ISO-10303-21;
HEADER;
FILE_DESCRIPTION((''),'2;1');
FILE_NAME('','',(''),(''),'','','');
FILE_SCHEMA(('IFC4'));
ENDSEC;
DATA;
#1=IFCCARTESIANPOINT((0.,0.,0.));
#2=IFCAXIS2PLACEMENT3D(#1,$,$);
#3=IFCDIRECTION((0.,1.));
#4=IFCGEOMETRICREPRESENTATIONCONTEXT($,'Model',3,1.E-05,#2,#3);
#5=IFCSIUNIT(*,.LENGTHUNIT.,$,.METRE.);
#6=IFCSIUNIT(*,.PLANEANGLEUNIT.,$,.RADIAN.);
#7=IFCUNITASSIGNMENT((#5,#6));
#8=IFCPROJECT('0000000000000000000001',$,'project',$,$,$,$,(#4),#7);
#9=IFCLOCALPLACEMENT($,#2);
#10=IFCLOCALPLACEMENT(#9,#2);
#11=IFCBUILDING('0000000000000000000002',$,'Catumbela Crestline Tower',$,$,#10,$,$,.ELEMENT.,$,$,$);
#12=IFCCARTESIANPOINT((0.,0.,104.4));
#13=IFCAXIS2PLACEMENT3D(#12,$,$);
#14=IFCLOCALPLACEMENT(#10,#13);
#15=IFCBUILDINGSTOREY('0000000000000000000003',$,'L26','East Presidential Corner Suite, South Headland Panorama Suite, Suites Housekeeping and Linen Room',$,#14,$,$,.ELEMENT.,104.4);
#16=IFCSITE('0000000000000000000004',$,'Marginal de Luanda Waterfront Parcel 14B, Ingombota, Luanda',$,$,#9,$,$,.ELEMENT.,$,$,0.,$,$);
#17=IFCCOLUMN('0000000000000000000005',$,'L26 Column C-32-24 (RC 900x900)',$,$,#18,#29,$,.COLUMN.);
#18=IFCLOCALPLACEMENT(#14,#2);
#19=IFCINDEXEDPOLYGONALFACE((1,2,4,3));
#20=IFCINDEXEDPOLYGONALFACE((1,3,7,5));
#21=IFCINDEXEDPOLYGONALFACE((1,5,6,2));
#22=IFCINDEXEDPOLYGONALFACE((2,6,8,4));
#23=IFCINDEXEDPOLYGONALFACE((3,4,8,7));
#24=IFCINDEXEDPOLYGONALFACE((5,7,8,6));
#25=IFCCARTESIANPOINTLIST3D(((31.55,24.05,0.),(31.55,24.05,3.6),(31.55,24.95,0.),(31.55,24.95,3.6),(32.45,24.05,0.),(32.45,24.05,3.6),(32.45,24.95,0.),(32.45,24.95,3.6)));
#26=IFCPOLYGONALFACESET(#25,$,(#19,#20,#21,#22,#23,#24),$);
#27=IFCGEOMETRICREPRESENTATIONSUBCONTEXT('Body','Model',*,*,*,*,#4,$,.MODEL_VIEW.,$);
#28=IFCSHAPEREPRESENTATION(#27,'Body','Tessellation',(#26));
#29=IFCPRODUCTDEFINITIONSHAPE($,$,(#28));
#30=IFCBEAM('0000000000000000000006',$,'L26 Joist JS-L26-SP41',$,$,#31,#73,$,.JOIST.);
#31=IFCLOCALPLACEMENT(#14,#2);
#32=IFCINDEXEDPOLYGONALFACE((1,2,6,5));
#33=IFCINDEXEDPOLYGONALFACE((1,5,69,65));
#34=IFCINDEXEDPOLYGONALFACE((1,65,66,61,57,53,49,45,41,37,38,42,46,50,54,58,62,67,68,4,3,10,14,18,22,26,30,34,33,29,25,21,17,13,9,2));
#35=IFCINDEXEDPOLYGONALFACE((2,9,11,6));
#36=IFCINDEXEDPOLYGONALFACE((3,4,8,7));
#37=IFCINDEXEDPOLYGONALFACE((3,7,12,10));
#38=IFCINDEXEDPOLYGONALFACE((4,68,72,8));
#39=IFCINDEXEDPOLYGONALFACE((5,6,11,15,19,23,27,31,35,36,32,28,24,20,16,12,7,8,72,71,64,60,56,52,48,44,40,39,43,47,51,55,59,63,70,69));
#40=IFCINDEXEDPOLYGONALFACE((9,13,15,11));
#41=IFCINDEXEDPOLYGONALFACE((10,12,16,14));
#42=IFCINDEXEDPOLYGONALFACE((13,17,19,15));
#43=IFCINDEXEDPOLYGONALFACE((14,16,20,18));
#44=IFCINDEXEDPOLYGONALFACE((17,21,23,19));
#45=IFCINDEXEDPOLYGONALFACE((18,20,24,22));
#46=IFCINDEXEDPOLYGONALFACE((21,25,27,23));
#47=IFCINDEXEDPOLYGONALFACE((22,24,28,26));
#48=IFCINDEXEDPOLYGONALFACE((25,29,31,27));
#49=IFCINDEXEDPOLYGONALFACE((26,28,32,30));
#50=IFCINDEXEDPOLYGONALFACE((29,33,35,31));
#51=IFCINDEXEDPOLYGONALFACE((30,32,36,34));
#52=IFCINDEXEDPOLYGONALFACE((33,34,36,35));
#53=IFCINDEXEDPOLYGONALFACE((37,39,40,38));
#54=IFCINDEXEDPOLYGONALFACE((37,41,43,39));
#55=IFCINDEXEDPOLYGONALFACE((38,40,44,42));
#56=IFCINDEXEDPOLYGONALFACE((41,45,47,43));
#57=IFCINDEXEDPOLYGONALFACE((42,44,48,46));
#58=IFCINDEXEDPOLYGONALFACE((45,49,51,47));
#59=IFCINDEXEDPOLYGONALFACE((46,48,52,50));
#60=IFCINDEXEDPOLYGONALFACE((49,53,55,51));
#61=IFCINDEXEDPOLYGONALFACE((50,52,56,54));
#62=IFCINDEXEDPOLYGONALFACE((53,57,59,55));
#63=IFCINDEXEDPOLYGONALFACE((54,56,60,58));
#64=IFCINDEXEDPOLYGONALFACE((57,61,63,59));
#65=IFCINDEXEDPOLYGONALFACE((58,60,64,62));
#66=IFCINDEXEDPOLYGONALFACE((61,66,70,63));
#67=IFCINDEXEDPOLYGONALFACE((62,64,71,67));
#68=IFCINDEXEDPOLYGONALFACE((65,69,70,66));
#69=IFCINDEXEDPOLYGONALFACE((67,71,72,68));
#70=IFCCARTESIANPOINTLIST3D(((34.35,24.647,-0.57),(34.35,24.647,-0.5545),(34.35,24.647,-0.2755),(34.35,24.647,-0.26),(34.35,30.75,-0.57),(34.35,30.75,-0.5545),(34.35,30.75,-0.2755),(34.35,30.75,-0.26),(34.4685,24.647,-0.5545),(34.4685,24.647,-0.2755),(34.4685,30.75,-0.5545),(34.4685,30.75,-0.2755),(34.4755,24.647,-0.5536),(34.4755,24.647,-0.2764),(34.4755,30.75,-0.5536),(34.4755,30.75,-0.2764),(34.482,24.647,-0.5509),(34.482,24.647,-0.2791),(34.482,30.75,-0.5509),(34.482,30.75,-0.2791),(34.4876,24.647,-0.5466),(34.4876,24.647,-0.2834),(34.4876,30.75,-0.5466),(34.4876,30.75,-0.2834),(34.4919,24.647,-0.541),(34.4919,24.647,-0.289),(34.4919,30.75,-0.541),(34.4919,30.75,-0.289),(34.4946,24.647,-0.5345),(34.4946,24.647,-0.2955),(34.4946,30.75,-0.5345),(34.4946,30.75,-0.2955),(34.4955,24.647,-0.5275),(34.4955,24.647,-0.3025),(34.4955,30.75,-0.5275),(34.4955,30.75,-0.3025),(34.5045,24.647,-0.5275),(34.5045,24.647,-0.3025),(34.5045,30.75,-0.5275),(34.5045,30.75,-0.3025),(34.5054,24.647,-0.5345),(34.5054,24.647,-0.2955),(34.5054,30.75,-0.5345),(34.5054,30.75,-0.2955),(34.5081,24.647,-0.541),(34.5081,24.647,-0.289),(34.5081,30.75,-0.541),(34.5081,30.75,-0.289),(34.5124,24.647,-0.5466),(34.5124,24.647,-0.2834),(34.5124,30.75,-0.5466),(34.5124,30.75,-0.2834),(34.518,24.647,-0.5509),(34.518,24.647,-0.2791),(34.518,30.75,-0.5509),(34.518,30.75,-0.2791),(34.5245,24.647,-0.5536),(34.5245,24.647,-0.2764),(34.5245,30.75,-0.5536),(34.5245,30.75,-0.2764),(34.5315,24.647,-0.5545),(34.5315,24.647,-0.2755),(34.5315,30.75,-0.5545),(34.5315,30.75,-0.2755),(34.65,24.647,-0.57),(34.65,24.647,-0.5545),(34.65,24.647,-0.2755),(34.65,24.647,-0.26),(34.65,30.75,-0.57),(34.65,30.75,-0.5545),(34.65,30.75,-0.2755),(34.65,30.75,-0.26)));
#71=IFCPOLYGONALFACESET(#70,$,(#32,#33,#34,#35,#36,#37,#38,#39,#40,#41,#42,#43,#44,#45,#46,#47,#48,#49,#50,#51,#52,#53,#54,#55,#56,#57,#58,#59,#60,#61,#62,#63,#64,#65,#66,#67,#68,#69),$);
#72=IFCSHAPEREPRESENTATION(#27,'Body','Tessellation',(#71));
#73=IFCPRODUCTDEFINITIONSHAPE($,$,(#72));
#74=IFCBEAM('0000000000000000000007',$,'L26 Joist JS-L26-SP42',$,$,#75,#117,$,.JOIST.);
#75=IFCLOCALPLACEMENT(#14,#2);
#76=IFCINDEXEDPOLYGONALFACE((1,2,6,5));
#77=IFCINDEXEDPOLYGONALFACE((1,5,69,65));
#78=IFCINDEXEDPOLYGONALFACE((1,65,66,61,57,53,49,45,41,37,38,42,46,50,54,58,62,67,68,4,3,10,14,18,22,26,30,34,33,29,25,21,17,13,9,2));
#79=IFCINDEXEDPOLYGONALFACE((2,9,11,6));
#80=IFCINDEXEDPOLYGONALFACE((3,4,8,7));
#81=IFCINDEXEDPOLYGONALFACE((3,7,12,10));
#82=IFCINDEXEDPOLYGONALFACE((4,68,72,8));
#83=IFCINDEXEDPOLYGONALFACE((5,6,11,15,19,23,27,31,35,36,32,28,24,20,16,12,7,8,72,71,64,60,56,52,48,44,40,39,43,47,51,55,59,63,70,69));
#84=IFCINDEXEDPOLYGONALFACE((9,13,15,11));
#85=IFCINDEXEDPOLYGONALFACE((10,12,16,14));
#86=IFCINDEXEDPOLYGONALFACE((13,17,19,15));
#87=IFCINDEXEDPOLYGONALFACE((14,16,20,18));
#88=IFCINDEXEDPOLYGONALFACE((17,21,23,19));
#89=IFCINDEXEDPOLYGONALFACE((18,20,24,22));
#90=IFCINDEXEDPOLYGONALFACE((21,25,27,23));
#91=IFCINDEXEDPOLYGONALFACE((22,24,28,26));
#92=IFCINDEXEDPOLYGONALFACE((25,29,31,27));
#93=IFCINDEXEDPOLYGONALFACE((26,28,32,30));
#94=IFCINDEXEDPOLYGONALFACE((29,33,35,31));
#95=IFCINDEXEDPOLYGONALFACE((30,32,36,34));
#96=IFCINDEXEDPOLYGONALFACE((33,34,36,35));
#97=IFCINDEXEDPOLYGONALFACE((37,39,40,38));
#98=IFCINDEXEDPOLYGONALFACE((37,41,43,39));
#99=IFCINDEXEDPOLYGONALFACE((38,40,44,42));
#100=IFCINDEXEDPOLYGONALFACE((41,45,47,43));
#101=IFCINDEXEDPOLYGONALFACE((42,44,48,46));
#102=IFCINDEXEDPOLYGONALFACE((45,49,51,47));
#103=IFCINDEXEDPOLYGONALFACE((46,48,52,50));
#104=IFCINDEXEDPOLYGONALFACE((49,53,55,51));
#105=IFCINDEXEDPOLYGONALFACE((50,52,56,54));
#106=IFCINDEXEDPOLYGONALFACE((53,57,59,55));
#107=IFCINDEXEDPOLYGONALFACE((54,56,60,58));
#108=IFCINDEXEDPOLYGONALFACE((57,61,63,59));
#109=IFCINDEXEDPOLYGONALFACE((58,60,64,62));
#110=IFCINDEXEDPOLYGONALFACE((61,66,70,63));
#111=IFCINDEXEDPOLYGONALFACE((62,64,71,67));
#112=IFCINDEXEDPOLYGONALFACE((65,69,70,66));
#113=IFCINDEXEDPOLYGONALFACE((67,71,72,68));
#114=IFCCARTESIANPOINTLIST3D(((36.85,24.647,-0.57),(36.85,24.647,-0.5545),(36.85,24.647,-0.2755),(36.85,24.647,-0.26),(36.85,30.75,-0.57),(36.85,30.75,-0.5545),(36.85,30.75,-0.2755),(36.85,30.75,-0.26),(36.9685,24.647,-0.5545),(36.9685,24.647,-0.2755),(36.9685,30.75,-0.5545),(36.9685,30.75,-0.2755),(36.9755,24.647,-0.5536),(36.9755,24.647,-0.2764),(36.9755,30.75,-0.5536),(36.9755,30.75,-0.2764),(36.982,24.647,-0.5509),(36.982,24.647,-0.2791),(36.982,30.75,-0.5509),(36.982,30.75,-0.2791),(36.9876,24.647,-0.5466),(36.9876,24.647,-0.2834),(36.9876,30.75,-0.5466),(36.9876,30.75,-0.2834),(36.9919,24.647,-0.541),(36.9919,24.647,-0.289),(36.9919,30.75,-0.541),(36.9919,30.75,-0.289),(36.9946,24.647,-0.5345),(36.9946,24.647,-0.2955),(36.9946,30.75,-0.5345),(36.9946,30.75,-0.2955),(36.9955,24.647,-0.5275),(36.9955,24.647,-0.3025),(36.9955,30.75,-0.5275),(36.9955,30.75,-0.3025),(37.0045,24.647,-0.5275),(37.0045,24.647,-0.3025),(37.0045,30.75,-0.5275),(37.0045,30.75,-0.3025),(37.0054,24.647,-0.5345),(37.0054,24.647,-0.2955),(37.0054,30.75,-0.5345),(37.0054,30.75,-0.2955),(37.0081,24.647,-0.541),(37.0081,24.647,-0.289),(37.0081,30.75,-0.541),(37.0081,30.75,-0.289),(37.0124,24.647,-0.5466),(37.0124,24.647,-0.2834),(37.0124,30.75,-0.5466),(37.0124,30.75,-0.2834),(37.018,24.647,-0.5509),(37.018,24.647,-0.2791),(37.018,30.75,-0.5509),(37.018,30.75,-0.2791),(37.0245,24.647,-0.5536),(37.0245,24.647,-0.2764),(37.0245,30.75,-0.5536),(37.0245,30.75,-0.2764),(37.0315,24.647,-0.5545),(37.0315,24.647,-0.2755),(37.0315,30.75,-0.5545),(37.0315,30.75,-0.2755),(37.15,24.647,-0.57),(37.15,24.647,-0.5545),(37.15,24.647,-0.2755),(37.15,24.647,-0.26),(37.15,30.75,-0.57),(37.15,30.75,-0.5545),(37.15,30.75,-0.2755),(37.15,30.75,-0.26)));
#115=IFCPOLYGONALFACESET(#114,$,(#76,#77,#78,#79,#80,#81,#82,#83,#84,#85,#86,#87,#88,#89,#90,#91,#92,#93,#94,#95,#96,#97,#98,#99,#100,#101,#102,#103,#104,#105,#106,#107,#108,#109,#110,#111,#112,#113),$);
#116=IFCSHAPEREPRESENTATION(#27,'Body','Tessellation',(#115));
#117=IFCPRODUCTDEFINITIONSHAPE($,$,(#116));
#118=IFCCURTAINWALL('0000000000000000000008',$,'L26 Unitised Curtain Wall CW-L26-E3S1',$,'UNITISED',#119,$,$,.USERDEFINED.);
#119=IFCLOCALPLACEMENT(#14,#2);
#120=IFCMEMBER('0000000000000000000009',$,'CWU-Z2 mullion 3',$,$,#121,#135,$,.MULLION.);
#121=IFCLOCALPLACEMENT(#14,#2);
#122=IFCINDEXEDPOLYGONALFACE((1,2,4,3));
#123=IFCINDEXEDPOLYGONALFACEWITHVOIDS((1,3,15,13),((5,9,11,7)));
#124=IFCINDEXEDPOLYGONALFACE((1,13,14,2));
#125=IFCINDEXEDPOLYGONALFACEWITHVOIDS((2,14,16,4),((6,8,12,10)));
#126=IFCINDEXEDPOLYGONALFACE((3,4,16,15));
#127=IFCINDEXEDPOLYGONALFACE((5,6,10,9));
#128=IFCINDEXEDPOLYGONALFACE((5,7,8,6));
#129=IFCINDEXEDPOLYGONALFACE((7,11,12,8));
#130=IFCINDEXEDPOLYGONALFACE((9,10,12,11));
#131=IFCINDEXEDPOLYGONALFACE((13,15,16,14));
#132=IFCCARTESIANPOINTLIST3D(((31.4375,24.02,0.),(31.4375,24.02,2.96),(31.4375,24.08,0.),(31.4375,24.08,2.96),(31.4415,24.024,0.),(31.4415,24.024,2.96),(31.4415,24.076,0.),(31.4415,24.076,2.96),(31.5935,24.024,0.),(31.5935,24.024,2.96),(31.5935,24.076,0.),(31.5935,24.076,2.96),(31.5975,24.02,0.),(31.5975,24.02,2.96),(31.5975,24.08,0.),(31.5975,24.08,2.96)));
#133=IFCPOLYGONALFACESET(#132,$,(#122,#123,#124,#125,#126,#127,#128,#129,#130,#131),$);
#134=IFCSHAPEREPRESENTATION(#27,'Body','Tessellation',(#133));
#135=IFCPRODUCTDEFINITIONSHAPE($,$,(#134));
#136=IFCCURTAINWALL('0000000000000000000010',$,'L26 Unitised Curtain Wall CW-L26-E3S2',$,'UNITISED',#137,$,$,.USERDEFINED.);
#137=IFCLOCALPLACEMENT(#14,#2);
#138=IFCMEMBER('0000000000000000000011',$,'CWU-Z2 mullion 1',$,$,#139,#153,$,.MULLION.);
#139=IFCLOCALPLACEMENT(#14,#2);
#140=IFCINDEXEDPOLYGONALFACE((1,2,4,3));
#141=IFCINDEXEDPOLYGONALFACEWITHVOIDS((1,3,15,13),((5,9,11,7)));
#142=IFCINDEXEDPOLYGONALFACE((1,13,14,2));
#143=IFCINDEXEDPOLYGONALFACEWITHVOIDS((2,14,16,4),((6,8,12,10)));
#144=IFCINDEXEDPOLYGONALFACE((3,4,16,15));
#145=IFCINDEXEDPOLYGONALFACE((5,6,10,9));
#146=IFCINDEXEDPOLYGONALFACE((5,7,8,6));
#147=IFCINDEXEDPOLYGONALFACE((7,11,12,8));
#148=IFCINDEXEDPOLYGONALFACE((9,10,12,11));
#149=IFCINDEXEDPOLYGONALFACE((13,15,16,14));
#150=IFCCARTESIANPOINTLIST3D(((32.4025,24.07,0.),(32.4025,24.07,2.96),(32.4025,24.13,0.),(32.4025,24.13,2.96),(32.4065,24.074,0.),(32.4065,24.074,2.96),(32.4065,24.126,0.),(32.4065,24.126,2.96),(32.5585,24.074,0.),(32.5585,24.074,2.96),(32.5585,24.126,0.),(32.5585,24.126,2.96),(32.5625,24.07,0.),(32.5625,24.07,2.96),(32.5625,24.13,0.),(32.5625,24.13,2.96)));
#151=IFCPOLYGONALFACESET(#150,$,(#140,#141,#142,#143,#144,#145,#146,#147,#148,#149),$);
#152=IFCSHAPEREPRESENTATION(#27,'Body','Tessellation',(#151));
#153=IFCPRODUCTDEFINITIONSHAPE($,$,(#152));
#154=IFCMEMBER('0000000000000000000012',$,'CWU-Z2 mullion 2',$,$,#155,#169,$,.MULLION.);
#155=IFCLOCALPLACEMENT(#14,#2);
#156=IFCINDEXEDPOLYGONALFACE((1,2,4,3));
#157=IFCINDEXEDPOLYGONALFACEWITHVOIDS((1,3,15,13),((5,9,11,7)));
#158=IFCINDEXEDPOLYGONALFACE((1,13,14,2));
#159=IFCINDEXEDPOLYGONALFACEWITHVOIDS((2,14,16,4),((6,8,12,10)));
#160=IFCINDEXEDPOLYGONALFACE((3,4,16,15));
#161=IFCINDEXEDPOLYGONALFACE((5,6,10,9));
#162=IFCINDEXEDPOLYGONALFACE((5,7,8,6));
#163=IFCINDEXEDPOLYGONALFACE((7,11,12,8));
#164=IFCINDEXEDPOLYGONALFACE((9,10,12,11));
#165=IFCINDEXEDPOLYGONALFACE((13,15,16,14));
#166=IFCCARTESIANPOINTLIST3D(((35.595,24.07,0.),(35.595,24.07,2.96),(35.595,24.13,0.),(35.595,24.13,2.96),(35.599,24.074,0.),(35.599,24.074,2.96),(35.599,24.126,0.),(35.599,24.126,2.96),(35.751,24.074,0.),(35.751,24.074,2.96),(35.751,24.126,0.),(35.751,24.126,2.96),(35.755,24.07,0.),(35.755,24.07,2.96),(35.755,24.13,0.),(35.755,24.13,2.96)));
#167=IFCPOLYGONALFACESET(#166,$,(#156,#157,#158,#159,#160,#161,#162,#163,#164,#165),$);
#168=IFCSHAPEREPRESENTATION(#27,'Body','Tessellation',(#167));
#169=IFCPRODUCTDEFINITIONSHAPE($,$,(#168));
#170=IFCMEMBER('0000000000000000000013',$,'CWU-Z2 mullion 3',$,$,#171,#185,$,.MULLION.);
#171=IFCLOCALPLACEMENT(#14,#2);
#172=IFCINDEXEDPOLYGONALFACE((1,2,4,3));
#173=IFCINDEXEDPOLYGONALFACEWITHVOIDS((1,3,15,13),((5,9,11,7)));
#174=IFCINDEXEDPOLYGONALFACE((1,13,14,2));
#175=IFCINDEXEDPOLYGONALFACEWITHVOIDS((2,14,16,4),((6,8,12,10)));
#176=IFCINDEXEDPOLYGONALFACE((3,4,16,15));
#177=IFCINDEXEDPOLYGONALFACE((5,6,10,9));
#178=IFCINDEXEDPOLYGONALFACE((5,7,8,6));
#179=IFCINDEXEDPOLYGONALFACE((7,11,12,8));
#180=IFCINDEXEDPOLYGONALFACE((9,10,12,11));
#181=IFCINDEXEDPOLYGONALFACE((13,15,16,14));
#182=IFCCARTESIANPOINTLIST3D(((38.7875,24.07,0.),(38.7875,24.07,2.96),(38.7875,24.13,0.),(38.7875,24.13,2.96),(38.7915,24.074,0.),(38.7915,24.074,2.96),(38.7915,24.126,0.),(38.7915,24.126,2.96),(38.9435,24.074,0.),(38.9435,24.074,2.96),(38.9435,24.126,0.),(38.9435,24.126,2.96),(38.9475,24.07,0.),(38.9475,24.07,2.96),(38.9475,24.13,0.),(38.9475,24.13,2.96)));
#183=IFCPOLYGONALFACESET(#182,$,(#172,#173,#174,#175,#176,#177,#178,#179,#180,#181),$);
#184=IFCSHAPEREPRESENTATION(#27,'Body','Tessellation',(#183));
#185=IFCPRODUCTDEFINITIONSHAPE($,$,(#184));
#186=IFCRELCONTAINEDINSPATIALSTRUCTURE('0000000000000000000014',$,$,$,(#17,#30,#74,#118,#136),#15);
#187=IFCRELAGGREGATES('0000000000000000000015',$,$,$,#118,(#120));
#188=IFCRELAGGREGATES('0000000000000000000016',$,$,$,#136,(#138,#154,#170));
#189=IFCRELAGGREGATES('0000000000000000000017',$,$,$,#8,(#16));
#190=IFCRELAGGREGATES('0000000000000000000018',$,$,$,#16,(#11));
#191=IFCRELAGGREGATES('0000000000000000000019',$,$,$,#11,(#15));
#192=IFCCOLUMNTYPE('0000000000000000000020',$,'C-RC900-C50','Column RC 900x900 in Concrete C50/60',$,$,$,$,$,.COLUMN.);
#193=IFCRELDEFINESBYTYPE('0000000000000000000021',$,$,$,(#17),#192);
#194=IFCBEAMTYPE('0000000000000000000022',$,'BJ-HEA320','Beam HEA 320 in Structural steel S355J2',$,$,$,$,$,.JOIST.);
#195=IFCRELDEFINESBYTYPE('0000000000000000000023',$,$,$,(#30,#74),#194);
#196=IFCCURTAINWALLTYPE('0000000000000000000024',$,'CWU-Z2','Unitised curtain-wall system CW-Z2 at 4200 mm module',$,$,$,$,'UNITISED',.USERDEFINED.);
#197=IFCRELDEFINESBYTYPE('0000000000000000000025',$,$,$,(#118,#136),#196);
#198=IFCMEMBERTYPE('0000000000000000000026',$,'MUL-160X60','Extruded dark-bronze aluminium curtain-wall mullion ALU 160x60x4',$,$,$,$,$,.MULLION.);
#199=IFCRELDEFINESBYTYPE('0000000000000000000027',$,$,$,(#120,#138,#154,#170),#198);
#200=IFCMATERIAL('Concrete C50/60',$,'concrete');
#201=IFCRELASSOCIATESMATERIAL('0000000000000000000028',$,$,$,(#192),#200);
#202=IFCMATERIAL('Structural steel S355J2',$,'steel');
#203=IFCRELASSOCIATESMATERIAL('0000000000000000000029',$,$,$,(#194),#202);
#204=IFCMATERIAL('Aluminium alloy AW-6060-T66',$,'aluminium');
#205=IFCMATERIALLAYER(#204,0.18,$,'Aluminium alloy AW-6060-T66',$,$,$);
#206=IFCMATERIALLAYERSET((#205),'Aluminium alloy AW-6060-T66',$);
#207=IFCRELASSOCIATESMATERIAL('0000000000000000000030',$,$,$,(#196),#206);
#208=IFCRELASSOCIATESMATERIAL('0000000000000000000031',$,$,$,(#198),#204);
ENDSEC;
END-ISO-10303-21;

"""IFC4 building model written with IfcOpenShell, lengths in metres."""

from ifc_helpers import new_model, si_unit, direction, frame, origin, origin_2d, place, context, subcontext, project, spatial, rectangle, hollow_rectangle, i_section, extrude, material, layer, layer_set, material_profile, profile_set, type_object, element, aggregate, save


model = new_model("IFC4")

# Units and contexts
model_context = context("Model", 3, precision=1e-05, world=origin(), true_north=direction((0.0, 1.0)))
body_context = subcontext(model_context, "Body", "Model", "MODEL_VIEW")
ifc_project = project(units=[si_unit("LENGTHUNIT", "METRE"), si_unit("PLANEANGLEUNIT", "RADIAN")], contexts=[model_context])

# Site, building, storey
site_placement = place(None, origin())
site = spatial("IfcSite", under=ifc_project, at=site_placement, Name="Marginal de Luanda Waterfront Parcel 14B, Ingombota, Luanda", CompositionType="ELEMENT", RefElevation=0.0)
building_placement = place(site_placement, origin())
building = spatial("IfcBuilding", under=site, at=building_placement, Name="Catumbela Crestline Tower", CompositionType="ELEMENT")
storey_placement = place(building_placement, frame((0.0, 0.0, 104.4)))
storey = spatial("IfcBuildingStorey", under=building, at=storey_placement, Name="L26", Description="East Presidential Corner Suite, South Headland Panorama Suite, Suites Housekeeping and Linen Room", CompositionType="ELEMENT", Elevation=104.4)

# Column
ifc_material_1 = material(Name="Concrete C50/60", Category="concrete")
ifc_material_profile_1 = material_profile(ifc_material_1, rectangle(XDim=0.9, YDim=0.9, at=origin_2d()), Name="RC 900x900")
ifc_profile_set_1 = profile_set([ifc_material_profile_1], Name="Concrete C50/60")
column_type = type_object("IfcColumnType", Name="C-RC900-C50", Description="Column RC 900x900 in Concrete C50/60", PredefinedType="COLUMN", material=ifc_profile_set_1)
column_placement = place(storey_placement, frame((32.0, 24.5, 0.0), z_axis=(0.0, 0.0, 1.0), x_axis=(1.0, 0.0, 0.0)))
element("IfcColumn", 1, at=column_placement, inside=storey, type_object=column_type, Name="L26 Column C-32-24 (RC 900x900)", PredefinedType="COLUMN", context=body_context, shape_type="SweptSolid", body=[
    extrude(rectangle(XDim=0.9, YDim=0.9, at=origin_2d()), origin(), (0.0, 0.0, 1.0), 3.6),
])

# Beams
ifc_material_2 = material(Name="Structural steel S355J2", Category="steel")
ifc_material_profile_2 = material_profile(ifc_material_2, i_section(OverallWidth=0.3, OverallDepth=0.31, WebThickness=0.009, FlangeThickness=0.0155, FilletRadius=0.027, at=origin_2d()), Name="HEA 320")
ifc_profile_set_2 = profile_set([ifc_material_profile_2], Name="Structural steel S355J2")
beam_type_1 = type_object("IfcBeamType", Name="BJ-HEA320", Description="Beam HEA 320 in Structural steel S355J2", PredefinedType="JOIST", material=ifc_profile_set_2)
for number, where, z_axis, x_axis, name in (
    (2, (34.5, 24.647, -0.415), (0.0, 1.0, 0.0), (-1.0, 0.0, 0.0), "L26 Joist JS-L26-SP41"),
    (3, (37.0, 24.647, -0.415), (0.0, 1.0, 0.0), (-1.0, 0.0, 0.0), "L26 Joist JS-L26-SP42"),
):
    element("IfcBeam", number, at=place(storey_placement, frame(where, z_axis=z_axis, x_axis=x_axis)), inside=storey, type_object=beam_type_1, Name=name, PredefinedType="JOIST", context=body_context, shape_type="SweptSolid", body=[
        extrude(i_section(OverallWidth=0.3, OverallDepth=0.31, WebThickness=0.009, FlangeThickness=0.0155, FilletRadius=0.027, at=origin_2d()), origin(), (0.0, 0.0, 1.0), 6.103),
    ])

# Curtain wall, member
ifc_material_3 = material(Name="Aluminium alloy AW-6060-T66", Category="aluminium")
ifc_layer_1 = layer(ifc_material_3, 0.18, Name="Aluminium alloy AW-6060-T66")
ifc_layer_set_1 = layer_set([ifc_layer_1], Name="Aluminium alloy AW-6060-T66")
curtain_wall_type = type_object("IfcCurtainWallType", Name="CWU-Z2", Description="Unitised curtain-wall system CW-Z2 at 4200 mm module", ElementType="UNITISED", PredefinedType="USERDEFINED", material=ifc_layer_set_1)
curtain_wall_1_placement = place(storey_placement, origin())
curtain_wall_1 = element("IfcCurtainWall", 4, at=curtain_wall_1_placement, inside=storey, type_object=curtain_wall_type, Name="L26 Unitised Curtain Wall CW-L26-E3S1", ObjectType="UNITISED", PredefinedType="USERDEFINED")
ifc_material_profile_3 = material_profile(ifc_material_3, hollow_rectangle(XDim=0.06, YDim=0.16, WallThickness=0.004, at=origin_2d()), Name="ALU 160x60x4")
ifc_profile_set_3 = profile_set([ifc_material_profile_3], Name="Aluminium alloy AW-6060-T66")
member_type_1 = type_object("IfcMemberType", Name="MUL-160X60", Description="Extruded dark-bronze aluminium curtain-wall mullion ALU 160x60x4", PredefinedType="MULLION", material=ifc_profile_set_3)
member_1_placement = place(storey_placement, frame((31.5175, 24.05, 0.0), z_axis=(0.0, 0.0, 1.0), x_axis=(0.0, 1.0, 0.0)))
member_1 = element("IfcMember", 5, at=member_1_placement, type_object=member_type_1, Name="CWU-Z2 mullion 3", PredefinedType="MULLION", context=body_context, shape_type="SweptSolid", body=[
    extrude(hollow_rectangle(XDim=0.06, YDim=0.16, WallThickness=0.004, at=origin_2d()), origin(), (0.0, 0.0, 1.0), 2.96),
])

# Curtain wall, members
curtain_wall_2_placement = place(storey_placement, origin())
curtain_wall_2 = element("IfcCurtainWall", 6, at=curtain_wall_2_placement, inside=storey, type_object=curtain_wall_type, Name="L26 Unitised Curtain Wall CW-L26-E3S2", ObjectType="UNITISED", PredefinedType="USERDEFINED")
member_2_placement = place(storey_placement, frame((32.4825, 24.1, 0.0), z_axis=(0.0, 0.0, 1.0), x_axis=(0.0, 1.0, 0.0)))
member_2 = element("IfcMember", 7, at=member_2_placement, type_object=member_type_1, Name="CWU-Z2 mullion 1", PredefinedType="MULLION", context=body_context, shape_type="SweptSolid", body=[
    extrude(hollow_rectangle(XDim=0.06, YDim=0.16, WallThickness=0.004, at=origin_2d()), origin(), (0.0, 0.0, 1.0), 2.96),
])
member_3_placement = place(storey_placement, frame((35.675, 24.1, 0.0), z_axis=(0.0, 0.0, 1.0), x_axis=(0.0, 1.0, 0.0)))
member_3 = element("IfcMember", 8, at=member_3_placement, type_object=member_type_1, Name="CWU-Z2 mullion 2", PredefinedType="MULLION", context=body_context, shape_type="SweptSolid", body=[
    extrude(hollow_rectangle(XDim=0.06, YDim=0.16, WallThickness=0.004, at=origin_2d()), origin(), (0.0, 0.0, 1.0), 2.96),
])
member_4_placement = place(storey_placement, frame((38.8675, 24.1, 0.0), z_axis=(0.0, 0.0, 1.0), x_axis=(0.0, 1.0, 0.0)))
member_4 = element("IfcMember", 9, at=member_4_placement, type_object=member_type_1, Name="CWU-Z2 mullion 3", PredefinedType="MULLION", context=body_context, shape_type="SweptSolid", body=[
    extrude(hollow_rectangle(XDim=0.06, YDim=0.16, WallThickness=0.004, at=origin_2d()), origin(), (0.0, 0.0, 1.0), 2.96),
])

aggregate(curtain_wall_1, [member_1])
aggregate(curtain_wall_2, [member_2, member_3, member_4])

save(model, "model.ifc")
